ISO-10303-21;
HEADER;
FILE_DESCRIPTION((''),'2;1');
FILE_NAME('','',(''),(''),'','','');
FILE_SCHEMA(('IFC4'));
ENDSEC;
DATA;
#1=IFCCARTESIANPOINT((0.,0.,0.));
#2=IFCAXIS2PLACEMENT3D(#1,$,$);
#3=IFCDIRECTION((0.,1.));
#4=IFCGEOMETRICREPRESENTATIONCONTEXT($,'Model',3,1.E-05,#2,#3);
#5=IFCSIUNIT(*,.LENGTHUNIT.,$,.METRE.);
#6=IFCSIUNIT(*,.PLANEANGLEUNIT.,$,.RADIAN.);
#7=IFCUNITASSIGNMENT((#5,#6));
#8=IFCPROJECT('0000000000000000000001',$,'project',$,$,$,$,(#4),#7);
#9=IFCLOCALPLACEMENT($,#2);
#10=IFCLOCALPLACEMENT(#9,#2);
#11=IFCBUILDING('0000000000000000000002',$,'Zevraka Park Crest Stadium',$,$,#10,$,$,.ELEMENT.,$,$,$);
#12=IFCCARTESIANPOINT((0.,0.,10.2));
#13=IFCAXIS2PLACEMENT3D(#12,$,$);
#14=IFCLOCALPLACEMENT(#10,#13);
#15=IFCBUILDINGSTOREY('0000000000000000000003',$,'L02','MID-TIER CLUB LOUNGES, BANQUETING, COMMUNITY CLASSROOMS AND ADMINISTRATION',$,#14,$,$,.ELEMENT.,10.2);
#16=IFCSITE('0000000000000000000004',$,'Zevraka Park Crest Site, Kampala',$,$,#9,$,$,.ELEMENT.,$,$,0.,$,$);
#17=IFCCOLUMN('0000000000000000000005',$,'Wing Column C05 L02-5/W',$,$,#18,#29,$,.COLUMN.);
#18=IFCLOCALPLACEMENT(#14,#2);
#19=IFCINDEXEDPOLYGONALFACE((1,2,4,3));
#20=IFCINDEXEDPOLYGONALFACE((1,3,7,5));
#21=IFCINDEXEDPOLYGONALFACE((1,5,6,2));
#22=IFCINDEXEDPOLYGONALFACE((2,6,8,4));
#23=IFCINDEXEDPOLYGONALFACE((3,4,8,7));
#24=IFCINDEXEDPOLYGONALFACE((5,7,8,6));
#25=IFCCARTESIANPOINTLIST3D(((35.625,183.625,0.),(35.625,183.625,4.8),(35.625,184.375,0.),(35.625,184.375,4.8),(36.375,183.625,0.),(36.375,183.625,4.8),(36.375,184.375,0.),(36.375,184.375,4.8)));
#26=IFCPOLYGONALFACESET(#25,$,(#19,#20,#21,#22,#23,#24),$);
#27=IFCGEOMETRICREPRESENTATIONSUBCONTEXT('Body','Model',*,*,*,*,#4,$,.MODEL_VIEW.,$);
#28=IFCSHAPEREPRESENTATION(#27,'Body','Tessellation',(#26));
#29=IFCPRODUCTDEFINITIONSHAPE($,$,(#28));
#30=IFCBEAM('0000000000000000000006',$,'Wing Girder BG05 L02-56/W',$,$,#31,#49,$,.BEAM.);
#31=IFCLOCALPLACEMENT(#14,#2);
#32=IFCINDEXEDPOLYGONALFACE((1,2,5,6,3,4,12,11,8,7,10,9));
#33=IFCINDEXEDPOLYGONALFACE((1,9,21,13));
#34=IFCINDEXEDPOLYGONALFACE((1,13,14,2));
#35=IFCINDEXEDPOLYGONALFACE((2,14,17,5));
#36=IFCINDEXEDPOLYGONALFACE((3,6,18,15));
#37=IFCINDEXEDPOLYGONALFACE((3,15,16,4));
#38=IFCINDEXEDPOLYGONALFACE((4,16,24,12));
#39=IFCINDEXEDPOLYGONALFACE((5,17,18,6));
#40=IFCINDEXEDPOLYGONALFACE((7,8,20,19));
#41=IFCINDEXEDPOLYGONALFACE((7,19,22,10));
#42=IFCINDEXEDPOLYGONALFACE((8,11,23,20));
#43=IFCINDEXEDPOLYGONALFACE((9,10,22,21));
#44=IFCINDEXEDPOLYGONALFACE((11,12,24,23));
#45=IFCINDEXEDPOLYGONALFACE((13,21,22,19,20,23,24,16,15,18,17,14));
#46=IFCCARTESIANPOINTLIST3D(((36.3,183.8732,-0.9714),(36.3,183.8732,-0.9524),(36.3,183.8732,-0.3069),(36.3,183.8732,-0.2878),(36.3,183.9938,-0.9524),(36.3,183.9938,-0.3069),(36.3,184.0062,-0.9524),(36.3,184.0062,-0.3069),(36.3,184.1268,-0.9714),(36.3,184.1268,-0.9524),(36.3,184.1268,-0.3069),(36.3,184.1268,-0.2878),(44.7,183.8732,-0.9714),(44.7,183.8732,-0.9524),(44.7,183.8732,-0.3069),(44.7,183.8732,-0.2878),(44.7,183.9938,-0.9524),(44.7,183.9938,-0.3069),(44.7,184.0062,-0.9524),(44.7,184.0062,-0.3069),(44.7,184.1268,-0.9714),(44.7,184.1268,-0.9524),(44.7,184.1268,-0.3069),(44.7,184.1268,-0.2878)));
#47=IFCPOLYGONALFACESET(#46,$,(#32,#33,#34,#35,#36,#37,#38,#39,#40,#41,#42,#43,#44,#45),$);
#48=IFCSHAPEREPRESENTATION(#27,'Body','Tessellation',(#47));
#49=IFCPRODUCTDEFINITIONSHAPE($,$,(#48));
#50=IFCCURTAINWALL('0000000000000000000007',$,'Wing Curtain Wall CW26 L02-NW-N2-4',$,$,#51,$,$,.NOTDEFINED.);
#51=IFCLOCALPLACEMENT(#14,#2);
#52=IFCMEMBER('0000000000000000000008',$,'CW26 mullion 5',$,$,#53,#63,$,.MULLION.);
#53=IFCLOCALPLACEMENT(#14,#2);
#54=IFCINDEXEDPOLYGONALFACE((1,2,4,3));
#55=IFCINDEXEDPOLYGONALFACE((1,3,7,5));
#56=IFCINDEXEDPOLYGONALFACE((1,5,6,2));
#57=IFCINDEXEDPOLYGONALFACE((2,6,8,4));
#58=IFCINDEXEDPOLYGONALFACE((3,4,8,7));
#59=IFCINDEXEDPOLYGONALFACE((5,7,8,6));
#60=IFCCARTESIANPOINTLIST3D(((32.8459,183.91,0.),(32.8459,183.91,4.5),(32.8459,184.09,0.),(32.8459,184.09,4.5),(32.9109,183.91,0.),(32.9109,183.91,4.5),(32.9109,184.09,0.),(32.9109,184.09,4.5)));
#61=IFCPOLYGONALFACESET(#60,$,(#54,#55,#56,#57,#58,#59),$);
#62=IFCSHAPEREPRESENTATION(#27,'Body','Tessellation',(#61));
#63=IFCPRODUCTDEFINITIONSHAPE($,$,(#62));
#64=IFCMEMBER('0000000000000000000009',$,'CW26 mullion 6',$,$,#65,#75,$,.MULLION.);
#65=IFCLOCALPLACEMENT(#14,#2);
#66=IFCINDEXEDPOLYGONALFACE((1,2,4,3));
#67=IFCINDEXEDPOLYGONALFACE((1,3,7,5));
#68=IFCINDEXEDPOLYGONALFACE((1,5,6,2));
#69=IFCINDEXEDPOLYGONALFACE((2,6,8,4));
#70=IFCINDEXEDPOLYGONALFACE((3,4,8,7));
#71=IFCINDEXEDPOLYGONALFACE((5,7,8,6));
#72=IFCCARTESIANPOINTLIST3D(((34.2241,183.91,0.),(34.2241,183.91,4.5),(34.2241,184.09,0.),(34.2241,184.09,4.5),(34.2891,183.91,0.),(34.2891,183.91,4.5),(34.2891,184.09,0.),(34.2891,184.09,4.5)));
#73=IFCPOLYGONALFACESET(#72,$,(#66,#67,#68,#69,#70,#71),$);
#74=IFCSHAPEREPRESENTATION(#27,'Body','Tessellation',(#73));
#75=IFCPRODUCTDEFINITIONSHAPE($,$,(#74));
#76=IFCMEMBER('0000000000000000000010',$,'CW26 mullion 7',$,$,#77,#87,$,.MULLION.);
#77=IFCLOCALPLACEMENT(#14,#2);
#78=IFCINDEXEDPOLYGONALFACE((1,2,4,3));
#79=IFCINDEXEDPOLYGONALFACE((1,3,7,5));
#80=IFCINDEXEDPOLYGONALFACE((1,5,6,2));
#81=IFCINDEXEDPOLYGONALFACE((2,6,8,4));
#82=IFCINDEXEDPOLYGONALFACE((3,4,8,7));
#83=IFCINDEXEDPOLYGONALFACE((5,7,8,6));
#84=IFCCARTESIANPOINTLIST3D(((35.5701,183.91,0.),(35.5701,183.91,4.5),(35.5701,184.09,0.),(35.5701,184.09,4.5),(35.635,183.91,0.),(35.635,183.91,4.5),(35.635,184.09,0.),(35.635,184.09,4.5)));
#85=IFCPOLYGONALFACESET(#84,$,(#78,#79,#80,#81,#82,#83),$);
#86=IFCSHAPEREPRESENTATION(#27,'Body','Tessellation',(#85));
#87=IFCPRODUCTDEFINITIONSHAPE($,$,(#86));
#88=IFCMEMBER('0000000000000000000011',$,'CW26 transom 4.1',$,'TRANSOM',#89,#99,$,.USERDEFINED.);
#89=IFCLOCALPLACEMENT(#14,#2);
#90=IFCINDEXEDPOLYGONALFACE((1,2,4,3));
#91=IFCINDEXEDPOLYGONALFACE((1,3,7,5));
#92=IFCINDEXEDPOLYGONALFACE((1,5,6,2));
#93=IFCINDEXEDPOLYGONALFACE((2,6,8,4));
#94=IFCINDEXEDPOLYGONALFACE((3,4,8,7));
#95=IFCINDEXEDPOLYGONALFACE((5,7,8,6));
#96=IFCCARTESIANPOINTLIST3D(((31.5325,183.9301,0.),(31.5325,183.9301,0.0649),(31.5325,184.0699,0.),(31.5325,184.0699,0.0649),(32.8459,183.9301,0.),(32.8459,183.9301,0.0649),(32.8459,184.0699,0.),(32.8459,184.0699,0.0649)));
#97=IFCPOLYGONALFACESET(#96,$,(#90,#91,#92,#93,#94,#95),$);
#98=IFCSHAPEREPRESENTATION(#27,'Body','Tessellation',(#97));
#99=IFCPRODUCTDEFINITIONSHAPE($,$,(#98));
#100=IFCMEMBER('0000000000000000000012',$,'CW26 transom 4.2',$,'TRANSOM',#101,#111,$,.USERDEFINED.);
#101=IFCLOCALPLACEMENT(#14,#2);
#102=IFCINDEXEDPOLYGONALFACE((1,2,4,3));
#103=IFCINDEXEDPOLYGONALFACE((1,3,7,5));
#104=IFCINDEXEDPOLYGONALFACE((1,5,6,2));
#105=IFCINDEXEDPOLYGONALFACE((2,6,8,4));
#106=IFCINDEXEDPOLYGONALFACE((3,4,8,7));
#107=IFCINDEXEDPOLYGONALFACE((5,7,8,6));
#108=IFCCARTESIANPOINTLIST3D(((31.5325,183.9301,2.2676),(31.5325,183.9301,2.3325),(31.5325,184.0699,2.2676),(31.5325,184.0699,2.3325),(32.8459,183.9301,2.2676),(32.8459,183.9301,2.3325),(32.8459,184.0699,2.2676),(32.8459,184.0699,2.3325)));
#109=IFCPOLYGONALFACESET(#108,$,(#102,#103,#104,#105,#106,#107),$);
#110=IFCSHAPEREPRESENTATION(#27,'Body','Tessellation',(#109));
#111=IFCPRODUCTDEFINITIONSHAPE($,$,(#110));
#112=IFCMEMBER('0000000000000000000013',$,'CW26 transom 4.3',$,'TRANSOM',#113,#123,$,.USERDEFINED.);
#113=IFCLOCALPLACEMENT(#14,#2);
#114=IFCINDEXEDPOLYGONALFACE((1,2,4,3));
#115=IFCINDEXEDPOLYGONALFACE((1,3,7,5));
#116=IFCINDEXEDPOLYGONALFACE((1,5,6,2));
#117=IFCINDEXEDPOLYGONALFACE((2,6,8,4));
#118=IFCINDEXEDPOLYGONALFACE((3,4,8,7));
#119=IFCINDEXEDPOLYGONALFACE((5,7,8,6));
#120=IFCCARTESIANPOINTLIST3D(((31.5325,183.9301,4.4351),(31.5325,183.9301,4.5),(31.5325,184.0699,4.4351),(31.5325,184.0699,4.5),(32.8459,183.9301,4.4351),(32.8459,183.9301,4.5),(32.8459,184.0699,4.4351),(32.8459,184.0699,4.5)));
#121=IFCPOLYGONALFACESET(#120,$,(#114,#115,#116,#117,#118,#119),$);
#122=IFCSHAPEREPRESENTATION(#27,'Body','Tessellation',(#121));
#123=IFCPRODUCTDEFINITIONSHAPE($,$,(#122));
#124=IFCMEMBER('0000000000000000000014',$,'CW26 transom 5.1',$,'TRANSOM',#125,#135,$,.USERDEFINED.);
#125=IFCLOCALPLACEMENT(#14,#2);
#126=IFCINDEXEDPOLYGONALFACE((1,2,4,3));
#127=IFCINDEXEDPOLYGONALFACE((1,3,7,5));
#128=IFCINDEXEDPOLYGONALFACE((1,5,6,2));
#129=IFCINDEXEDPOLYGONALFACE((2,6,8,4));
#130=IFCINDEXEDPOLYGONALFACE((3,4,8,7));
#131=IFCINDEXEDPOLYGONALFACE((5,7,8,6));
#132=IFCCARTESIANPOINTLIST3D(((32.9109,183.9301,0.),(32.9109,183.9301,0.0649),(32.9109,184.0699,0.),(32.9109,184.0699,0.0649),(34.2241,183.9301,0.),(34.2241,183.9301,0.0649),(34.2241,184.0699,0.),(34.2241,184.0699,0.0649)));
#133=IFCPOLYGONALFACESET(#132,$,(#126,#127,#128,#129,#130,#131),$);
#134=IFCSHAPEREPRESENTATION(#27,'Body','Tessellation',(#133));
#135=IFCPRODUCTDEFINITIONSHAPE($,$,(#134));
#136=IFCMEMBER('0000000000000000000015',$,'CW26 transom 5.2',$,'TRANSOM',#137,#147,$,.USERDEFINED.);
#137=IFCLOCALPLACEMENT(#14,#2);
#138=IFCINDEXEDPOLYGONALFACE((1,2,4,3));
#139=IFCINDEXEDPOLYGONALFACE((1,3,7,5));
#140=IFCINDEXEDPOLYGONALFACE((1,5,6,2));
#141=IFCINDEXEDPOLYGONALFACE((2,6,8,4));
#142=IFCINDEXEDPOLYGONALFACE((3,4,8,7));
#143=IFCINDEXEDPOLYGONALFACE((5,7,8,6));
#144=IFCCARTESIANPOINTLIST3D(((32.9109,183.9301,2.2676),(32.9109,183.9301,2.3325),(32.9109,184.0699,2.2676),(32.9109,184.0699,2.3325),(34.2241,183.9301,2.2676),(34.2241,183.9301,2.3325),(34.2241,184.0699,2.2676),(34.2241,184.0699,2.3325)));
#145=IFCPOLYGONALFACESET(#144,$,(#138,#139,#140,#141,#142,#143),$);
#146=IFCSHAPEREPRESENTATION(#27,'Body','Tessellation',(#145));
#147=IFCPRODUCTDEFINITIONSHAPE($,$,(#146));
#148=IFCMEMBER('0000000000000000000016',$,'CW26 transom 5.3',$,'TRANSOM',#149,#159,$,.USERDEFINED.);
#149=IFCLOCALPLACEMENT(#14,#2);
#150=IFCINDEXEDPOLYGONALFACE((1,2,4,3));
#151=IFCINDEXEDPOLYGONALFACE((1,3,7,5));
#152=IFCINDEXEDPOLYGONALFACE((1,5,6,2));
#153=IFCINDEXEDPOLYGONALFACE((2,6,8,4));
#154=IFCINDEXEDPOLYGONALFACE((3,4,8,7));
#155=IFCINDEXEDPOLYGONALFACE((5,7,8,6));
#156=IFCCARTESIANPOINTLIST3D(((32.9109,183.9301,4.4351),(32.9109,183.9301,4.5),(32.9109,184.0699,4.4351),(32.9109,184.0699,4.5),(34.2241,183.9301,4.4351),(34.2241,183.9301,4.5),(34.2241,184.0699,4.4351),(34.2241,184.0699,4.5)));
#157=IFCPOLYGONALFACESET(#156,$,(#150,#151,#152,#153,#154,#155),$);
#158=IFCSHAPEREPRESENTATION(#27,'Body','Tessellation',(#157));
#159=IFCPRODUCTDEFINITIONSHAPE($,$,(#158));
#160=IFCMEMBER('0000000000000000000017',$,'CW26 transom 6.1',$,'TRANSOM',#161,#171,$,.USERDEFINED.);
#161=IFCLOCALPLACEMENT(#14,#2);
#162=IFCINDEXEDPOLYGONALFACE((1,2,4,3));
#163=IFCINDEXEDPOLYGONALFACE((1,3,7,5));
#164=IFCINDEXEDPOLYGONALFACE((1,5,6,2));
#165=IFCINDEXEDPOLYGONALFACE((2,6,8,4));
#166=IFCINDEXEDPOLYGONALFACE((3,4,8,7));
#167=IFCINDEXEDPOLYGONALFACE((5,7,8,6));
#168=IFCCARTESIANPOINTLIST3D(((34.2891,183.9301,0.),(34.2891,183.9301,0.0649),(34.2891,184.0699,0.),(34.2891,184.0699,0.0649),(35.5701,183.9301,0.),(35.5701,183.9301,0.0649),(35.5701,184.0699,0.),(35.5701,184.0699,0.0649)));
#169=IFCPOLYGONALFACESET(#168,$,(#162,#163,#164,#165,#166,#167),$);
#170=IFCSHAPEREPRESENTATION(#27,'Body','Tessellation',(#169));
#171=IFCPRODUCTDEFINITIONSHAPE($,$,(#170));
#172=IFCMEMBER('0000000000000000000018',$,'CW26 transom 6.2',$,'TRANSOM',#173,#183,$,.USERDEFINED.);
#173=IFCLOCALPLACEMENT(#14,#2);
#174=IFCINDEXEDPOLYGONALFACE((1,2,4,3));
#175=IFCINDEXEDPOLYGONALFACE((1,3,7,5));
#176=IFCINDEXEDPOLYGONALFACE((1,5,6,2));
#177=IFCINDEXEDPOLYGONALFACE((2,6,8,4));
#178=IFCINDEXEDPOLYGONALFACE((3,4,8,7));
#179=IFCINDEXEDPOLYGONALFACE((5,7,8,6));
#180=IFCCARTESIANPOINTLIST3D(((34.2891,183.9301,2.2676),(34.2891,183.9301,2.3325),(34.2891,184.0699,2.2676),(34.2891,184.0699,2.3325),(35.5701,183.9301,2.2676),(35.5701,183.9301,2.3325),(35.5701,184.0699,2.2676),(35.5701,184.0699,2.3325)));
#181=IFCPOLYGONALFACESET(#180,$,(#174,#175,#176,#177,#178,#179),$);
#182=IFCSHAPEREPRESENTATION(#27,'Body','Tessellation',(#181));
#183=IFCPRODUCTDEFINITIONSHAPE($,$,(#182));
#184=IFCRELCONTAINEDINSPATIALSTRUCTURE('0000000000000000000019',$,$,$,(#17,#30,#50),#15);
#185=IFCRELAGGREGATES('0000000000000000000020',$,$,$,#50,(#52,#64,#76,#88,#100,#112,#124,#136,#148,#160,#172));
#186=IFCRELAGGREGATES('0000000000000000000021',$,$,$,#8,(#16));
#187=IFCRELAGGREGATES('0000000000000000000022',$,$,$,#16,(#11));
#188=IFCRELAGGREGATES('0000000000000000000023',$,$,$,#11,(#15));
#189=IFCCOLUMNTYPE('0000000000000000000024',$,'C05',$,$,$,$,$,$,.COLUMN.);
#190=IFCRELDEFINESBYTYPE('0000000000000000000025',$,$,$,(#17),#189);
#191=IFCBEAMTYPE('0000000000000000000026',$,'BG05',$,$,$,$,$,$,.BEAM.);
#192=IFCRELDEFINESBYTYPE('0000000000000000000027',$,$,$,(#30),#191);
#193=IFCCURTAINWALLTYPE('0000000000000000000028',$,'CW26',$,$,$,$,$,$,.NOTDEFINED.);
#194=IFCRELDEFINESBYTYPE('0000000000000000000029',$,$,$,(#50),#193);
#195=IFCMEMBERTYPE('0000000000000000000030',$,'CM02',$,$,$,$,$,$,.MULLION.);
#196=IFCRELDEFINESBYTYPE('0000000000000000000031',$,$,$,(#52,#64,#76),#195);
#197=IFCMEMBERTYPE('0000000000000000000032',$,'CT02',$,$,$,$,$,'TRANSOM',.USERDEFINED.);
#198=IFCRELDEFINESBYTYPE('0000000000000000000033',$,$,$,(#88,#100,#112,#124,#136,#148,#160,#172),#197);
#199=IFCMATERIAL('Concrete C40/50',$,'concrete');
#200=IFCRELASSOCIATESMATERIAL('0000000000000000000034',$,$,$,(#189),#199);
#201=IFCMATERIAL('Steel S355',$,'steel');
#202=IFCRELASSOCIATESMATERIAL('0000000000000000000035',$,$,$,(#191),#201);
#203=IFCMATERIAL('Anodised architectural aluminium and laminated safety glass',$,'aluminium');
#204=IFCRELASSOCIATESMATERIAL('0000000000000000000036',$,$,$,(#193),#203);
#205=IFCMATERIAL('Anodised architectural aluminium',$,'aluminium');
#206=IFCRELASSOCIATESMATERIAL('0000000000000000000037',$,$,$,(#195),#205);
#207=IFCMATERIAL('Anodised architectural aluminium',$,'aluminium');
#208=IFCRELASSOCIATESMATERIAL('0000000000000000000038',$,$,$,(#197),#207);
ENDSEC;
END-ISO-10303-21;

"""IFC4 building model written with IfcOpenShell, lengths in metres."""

from ifc_helpers import new_model, si_unit, direction, frame, origin, origin_2d, place, context, subcontext, project, spatial, rectangle, i_section, extrude, material, material_profile, profile_set, type_object, element, aggregate, save


model = new_model("IFC4")

# Units and contexts
model_context = context("Model", 3, precision=1e-05, world=origin(), true_north=direction((0.0, 1.0)))
body_context = subcontext(model_context, "Body", "Model", "MODEL_VIEW")
ifc_project = project(units=[si_unit("LENGTHUNIT", "METRE"), si_unit("PLANEANGLEUNIT", "RADIAN")], contexts=[model_context])

# Site, building, storey
site_placement = place(None, origin())
site = spatial("IfcSite", under=ifc_project, at=site_placement, Name="Zevraka Park Crest Site, Kampala", CompositionType="ELEMENT", RefElevation=0.0)
building_placement = place(site_placement, origin())
building = spatial("IfcBuilding", under=site, at=building_placement, Name="Zevraka Park Crest Stadium", CompositionType="ELEMENT")
storey_placement = place(building_placement, frame((0.0, 0.0, 10.2)))
storey = spatial("IfcBuildingStorey", under=building, at=storey_placement, Name="L02", Description="MID-TIER CLUB LOUNGES, BANQUETING, COMMUNITY CLASSROOMS AND ADMINISTRATION", CompositionType="ELEMENT", Elevation=10.2)

# Column
ifc_material_1 = material(Name="Concrete C40/50", Category="concrete")
ifc_material_profile_1 = material_profile(ifc_material_1, rectangle(XDim=0.75, YDim=0.75, at=origin_2d()), Name="RC 750x750")
ifc_profile_set_1 = profile_set([ifc_material_profile_1], Name="Concrete C40/50")
column_type = type_object("IfcColumnType", Name="C05", PredefinedType="COLUMN", material=ifc_profile_set_1)
column_placement = place(storey_placement, frame((36.0, 184.0, 0.0), z_axis=(0.0, 0.0, 1.0), x_axis=(1.0, 0.0, 0.0)))
element("IfcColumn", 1, at=column_placement, inside=storey, type_object=column_type, Name="Wing Column C05 L02-5/W", PredefinedType="COLUMN", context=body_context, shape_type="SweptSolid", body=[
    extrude(rectangle(XDim=0.75, YDim=0.75, at=origin_2d()), origin(), (0.0, 0.0, 1.0), 4.8),
])

# Beam
ifc_material_2 = material(Name="Steel S355", Category="steel")
ifc_material_profile_2 = material_profile(ifc_material_2, i_section(OverallWidth=0.2537, OverallDepth=0.6836, WebThickness=0.0125, FlangeThickness=0.019, at=origin_2d()), Name="UKB 686x254x140")
ifc_profile_set_2 = profile_set([ifc_material_profile_2], Name="Steel S355")
beam_type = type_object("IfcBeamType", Name="BG05", PredefinedType="BEAM", material=ifc_profile_set_2)
beam_placement = place(storey_placement, frame((36.3, 184.0, -0.6296), z_axis=(1.0, 0.0, 0.0), x_axis=(0.0, 1.0, 0.0)))
element("IfcBeam", 2, at=beam_placement, inside=storey, type_object=beam_type, Name="Wing Girder BG05 L02-56/W", PredefinedType="BEAM", context=body_context, shape_type="SweptSolid", body=[
    extrude(i_section(OverallWidth=0.2537, OverallDepth=0.6836, WebThickness=0.0125, FlangeThickness=0.019, at=origin_2d()), origin(), (0.0, 0.0, 1.0), 8.3999),
])

# Curtain wall, members
ifc_material_3 = material(Name="Anodised architectural aluminium and laminated safety glass", Category="aluminium")
curtain_wall_type = type_object("IfcCurtainWallType", Name="CW26", PredefinedType="NOTDEFINED", material=ifc_material_3)
curtain_wall_placement = place(storey_placement, origin())
curtain_wall = element("IfcCurtainWall", 3, at=curtain_wall_placement, inside=storey, type_object=curtain_wall_type, Name="Wing Curtain Wall CW26 L02-NW-N2-4", PredefinedType="NOTDEFINED")
ifc_material_4 = material(Name="Anodised architectural aluminium", Category="aluminium")
ifc_material_profile_3 = material_profile(ifc_material_4, rectangle(XDim=0.1799, YDim=0.0649, at=origin_2d()), Name="ALU MULLION 180x65")
ifc_profile_set_3 = profile_set([ifc_material_profile_3], Name="Anodised architectural aluminium")
member_type_1 = type_object("IfcMemberType", Name="CM02", PredefinedType="MULLION", material=ifc_profile_set_3)
member_1_placement = place(storey_placement, frame((32.8784, 184.0, 0.0), z_axis=(0.0, 0.0, 1.0), x_axis=(0.0, 1.0, 0.0)))
member_1 = element("IfcMember", 4, at=member_1_placement, type_object=member_type_1, Name="CW26 mullion 5", PredefinedType="MULLION", context=body_context, shape_type="SweptSolid", body=[
    extrude(rectangle(XDim=0.1799, YDim=0.0649, at=origin_2d()), origin(), (0.0, 0.0, 1.0), 4.5),
])
member_2_placement = place(storey_placement, frame((34.2566, 184.0, 0.0), z_axis=(0.0, 0.0, 1.0), x_axis=(0.0, 1.0, 0.0)))
member_2 = element("IfcMember", 5, at=member_2_placement, type_object=member_type_1, Name="CW26 mullion 6", PredefinedType="MULLION", context=body_context, shape_type="SweptSolid", body=[
    extrude(rectangle(XDim=0.1799, YDim=0.0649, at=origin_2d()), origin(), (0.0, 0.0, 1.0), 4.5),
])
member_3_placement = place(storey_placement, frame((35.6025, 184.0, 0.0), z_axis=(0.0, 0.0, 1.0), x_axis=(0.0, 1.0, 0.0)))
member_3 = element("IfcMember", 6, at=member_3_placement, type_object=member_type_1, Name="CW26 mullion 7", PredefinedType="MULLION", context=body_context, shape_type="SweptSolid", body=[
    extrude(rectangle(XDim=0.1799, YDim=0.0649, at=origin_2d()), origin(), (0.0, 0.0, 1.0), 4.5),
])
ifc_material_5 = material(Name="Anodised architectural aluminium", Category="aluminium")
ifc_material_profile_4 = material_profile(ifc_material_5, rectangle(XDim=0.1399, YDim=0.0649, at=origin_2d()), Name="ALU TRANSOM 140x65")
ifc_profile_set_4 = profile_set([ifc_material_profile_4], Name="Anodised architectural aluminium")
member_type_2 = type_object("IfcMemberType", Name="CT02", ElementType="TRANSOM", PredefinedType="USERDEFINED", material=ifc_profile_set_4)
member_4_placement = place(storey_placement, frame((31.5325, 184.0, 0.0325), z_axis=(1.0, 0.0, 0.0), x_axis=(0.0, 1.0, 0.0)))
member_4 = element("IfcMember", 7, at=member_4_placement, type_object=member_type_2, Name="CW26 transom 4.1", ObjectType="TRANSOM", PredefinedType="USERDEFINED", context=body_context, shape_type="SweptSolid", body=[
    extrude(rectangle(XDim=0.1399, YDim=0.0649, at=origin_2d()), origin(), (0.0, 0.0, 1.0), 1.3135),
])
member_5_placement = place(storey_placement, frame((31.5325, 184.0, 2.3), z_axis=(1.0, 0.0, 0.0), x_axis=(0.0, 1.0, 0.0)))
member_5 = element("IfcMember", 8, at=member_5_placement, type_object=member_type_2, Name="CW26 transom 4.2", ObjectType="TRANSOM", PredefinedType="USERDEFINED", context=body_context, shape_type="SweptSolid", body=[
    extrude(rectangle(XDim=0.1399, YDim=0.0649, at=origin_2d()), origin(), (0.0, 0.0, 1.0), 1.3135),
])
member_6_placement = place(storey_placement, frame((31.5325, 184.0, 4.4675), z_axis=(1.0, 0.0, 0.0), x_axis=(0.0, 1.0, 0.0)))
member_6 = element("IfcMember", 9, at=member_6_placement, type_object=member_type_2, Name="CW26 transom 4.3", ObjectType="TRANSOM", PredefinedType="USERDEFINED", context=body_context, shape_type="SweptSolid", body=[
    extrude(rectangle(XDim=0.1399, YDim=0.0649, at=origin_2d()), origin(), (0.0, 0.0, 1.0), 1.3135),
])
member_7_placement = place(storey_placement, frame((32.9109, 184.0, 0.0325), z_axis=(1.0, 0.0, 0.0), x_axis=(0.0, 1.0, 0.0)))
member_7 = element("IfcMember", 10, at=member_7_placement, type_object=member_type_2, Name="CW26 transom 5.1", ObjectType="TRANSOM", PredefinedType="USERDEFINED", context=body_context, shape_type="SweptSolid", body=[
    extrude(rectangle(XDim=0.1399, YDim=0.0649, at=origin_2d()), origin(), (0.0, 0.0, 1.0), 1.3132),
])
member_8_placement = place(storey_placement, frame((32.9109, 184.0, 2.3), z_axis=(1.0, 0.0, 0.0), x_axis=(0.0, 1.0, 0.0)))
member_8 = element("IfcMember", 11, at=member_8_placement, type_object=member_type_2, Name="CW26 transom 5.2", ObjectType="TRANSOM", PredefinedType="USERDEFINED", context=body_context, shape_type="SweptSolid", body=[
    extrude(rectangle(XDim=0.1399, YDim=0.0649, at=origin_2d()), origin(), (0.0, 0.0, 1.0), 1.3132),
])
member_9_placement = place(storey_placement, frame((32.9109, 184.0, 4.4675), z_axis=(1.0, 0.0, 0.0), x_axis=(0.0, 1.0, 0.0)))
member_9 = element("IfcMember", 12, at=member_9_placement, type_object=member_type_2, Name="CW26 transom 5.3", ObjectType="TRANSOM", PredefinedType="USERDEFINED", context=body_context, shape_type="SweptSolid", body=[
    extrude(rectangle(XDim=0.1399, YDim=0.0649, at=origin_2d()), origin(), (0.0, 0.0, 1.0), 1.3132),
])
member_10_placement = place(storey_placement, frame((34.2891, 184.0, 0.0325), z_axis=(1.0, 0.0, 0.0), x_axis=(0.0, 1.0, 0.0)))
member_10 = element("IfcMember", 13, at=member_10_placement, type_object=member_type_2, Name="CW26 transom 6.1", ObjectType="TRANSOM", PredefinedType="USERDEFINED", context=body_context, shape_type="SweptSolid", body=[
    extrude(rectangle(XDim=0.1399, YDim=0.0649, at=origin_2d()), origin(), (0.0, 0.0, 1.0), 1.281),
])
member_11_placement = place(storey_placement, frame((34.2891, 184.0, 2.3), z_axis=(1.0, 0.0, 0.0), x_axis=(0.0, 1.0, 0.0)))
member_11 = element("IfcMember", 14, at=member_11_placement, type_object=member_type_2, Name="CW26 transom 6.2", ObjectType="TRANSOM", PredefinedType="USERDEFINED", context=body_context, shape_type="SweptSolid", body=[
    extrude(rectangle(XDim=0.1399, YDim=0.0649, at=origin_2d()), origin(), (0.0, 0.0, 1.0), 1.281),
])
aggregate(curtain_wall, [member_1, member_2, member_3, member_4, member_5, member_6, member_7, member_8, member_9, member_10, member_11])

save(model, "model.ifc")
